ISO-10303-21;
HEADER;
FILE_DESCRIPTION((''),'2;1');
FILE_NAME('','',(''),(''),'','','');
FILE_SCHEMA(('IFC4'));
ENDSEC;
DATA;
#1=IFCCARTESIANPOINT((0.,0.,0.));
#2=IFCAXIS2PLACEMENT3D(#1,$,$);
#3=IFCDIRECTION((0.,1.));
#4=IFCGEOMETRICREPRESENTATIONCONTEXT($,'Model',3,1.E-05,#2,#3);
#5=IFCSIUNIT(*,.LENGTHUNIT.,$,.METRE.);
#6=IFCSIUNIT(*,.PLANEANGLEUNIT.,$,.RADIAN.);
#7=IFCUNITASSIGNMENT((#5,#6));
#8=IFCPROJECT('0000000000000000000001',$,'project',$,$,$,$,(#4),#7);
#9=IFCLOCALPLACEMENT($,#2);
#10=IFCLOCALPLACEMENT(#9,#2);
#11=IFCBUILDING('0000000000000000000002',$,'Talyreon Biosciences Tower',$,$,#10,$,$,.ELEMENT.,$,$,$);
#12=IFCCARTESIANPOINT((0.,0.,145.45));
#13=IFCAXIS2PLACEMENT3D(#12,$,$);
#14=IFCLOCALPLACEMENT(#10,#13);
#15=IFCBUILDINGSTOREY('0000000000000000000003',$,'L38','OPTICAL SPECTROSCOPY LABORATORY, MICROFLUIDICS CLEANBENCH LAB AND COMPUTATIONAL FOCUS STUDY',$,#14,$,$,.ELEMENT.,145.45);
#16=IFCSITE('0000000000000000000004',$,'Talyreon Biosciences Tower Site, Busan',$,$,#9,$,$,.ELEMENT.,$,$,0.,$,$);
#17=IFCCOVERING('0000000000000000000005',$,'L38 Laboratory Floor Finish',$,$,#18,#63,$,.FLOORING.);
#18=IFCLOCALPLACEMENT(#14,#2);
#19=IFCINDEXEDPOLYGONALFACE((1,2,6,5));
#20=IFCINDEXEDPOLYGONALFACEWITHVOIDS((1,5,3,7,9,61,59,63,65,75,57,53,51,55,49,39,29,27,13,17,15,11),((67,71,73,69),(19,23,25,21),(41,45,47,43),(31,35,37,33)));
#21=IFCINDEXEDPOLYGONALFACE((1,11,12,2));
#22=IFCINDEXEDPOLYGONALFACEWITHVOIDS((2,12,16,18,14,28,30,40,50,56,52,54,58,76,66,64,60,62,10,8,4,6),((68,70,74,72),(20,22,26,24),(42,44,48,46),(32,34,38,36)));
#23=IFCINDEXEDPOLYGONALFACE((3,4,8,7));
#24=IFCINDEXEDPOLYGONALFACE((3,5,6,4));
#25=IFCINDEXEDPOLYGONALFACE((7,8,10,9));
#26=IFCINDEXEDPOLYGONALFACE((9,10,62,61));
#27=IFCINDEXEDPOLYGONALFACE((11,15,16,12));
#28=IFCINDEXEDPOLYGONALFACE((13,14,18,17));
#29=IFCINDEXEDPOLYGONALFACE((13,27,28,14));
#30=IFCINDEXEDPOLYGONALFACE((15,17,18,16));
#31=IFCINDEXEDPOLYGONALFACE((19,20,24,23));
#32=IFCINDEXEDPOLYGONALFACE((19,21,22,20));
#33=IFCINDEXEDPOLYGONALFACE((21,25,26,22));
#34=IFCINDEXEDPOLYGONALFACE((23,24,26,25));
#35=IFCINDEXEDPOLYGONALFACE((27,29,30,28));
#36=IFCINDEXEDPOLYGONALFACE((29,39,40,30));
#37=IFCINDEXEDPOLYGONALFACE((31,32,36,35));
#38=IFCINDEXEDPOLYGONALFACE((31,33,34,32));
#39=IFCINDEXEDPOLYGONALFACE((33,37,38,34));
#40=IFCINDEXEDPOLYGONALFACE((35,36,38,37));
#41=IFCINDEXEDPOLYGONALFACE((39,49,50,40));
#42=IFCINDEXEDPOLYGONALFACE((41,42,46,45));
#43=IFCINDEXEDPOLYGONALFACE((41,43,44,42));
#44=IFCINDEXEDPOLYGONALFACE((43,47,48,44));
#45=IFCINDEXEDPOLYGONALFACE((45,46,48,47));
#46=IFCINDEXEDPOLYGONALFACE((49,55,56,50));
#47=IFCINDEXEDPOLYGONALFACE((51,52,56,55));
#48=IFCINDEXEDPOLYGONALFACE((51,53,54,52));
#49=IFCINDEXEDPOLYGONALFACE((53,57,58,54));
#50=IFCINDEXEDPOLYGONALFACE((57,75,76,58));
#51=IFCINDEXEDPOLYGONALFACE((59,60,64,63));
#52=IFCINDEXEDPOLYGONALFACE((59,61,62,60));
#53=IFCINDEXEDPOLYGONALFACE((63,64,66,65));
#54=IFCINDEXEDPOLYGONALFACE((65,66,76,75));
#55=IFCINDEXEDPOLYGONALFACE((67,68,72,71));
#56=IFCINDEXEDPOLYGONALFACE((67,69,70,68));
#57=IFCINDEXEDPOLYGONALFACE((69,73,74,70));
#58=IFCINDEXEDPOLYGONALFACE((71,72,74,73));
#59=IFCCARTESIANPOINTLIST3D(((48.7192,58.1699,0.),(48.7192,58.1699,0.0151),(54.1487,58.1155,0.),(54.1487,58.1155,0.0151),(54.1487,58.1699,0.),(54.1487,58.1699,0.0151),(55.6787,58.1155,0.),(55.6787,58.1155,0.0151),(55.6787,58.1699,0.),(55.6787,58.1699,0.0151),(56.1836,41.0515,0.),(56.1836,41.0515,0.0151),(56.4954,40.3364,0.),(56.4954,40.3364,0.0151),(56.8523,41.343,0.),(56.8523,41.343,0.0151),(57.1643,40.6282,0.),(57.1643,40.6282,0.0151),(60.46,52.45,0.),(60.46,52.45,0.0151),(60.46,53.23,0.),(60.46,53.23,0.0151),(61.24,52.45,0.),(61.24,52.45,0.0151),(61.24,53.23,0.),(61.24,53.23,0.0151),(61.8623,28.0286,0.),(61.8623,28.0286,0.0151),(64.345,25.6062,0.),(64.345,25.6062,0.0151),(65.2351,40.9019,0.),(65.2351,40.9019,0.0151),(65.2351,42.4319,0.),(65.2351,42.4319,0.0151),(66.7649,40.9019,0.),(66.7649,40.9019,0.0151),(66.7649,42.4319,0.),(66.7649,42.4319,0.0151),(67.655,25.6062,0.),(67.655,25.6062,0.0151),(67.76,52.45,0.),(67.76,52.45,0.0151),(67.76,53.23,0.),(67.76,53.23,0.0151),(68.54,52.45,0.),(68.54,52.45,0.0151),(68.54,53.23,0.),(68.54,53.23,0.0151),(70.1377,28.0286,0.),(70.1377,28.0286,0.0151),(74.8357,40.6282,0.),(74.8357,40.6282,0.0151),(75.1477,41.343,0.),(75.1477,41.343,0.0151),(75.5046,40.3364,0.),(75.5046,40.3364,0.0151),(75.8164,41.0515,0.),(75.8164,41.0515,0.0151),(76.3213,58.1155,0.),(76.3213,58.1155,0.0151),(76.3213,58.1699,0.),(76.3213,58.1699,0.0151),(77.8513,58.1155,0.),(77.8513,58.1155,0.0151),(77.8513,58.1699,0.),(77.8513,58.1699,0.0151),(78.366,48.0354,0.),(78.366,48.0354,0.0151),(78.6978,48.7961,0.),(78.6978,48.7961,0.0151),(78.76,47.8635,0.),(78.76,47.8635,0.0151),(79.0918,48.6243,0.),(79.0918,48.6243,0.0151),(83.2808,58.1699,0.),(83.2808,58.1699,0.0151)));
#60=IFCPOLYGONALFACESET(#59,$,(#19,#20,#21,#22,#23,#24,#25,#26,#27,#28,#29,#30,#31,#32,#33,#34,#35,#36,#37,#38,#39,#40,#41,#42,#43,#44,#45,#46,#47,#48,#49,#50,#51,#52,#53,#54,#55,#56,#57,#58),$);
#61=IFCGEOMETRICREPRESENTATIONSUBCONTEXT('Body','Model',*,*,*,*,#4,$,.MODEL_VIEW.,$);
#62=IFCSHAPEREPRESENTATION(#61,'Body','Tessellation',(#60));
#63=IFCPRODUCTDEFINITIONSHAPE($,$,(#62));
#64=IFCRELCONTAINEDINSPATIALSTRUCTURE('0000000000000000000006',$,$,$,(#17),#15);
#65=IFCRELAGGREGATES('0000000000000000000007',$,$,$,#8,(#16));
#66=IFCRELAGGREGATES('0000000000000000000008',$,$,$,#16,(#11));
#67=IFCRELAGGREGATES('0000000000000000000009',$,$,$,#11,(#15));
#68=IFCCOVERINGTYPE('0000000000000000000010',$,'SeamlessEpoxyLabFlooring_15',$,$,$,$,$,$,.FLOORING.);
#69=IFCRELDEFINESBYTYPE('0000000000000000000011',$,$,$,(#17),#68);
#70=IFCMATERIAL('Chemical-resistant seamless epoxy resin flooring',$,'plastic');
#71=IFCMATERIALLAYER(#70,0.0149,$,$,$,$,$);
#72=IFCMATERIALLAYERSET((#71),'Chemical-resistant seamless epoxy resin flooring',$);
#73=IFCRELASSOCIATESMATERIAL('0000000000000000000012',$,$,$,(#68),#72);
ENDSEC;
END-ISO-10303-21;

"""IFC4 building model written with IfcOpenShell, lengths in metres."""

from ifc_helpers import new_model, si_unit, direction, frame, origin, place, context, subcontext, project, spatial, polyline, outline, extrude, material, layer, layer_set, type_object, element, save


model = new_model("IFC4")

# Units and contexts
model_context = context("Model", 3, precision=1e-05, world=origin(), true_north=direction((0.0, 1.0)))
body_context = subcontext(model_context, "Body", "Model", "MODEL_VIEW")
ifc_project = project(units=[si_unit("LENGTHUNIT", "METRE"), si_unit("PLANEANGLEUNIT", "RADIAN")], contexts=[model_context])

# Site, building, storey
site_placement = place(None, origin())
site = spatial("IfcSite", under=ifc_project, at=site_placement, Name="Talyreon Biosciences Tower Site, Busan", CompositionType="ELEMENT", RefElevation=0.0)
building_placement = place(site_placement, origin())
building = spatial("IfcBuilding", under=site, at=building_placement, Name="Talyreon Biosciences Tower", CompositionType="ELEMENT")
storey_placement = place(building_placement, frame((0.0, 0.0, 145.45)))
storey = spatial("IfcBuildingStorey", under=building, at=storey_placement, Name="L38", Description="OPTICAL SPECTROSCOPY LABORATORY, MICROFLUIDICS CLEANBENCH LAB AND COMPUTATIONAL FOCUS STUDY", CompositionType="ELEMENT", Elevation=145.45)

# Covering
ifc_material_1 = material(Name="Chemical-resistant seamless epoxy resin flooring", Category="plastic")
ifc_layer_1 = layer(ifc_material_1, 0.0149)
ifc_layer_set_1 = layer_set([ifc_layer_1], Name="Chemical-resistant seamless epoxy resin flooring")
covering_type_1 = type_object("IfcCoveringType", Name="SeamlessEpoxyLabFlooring_15", PredefinedType="FLOORING", material=ifc_layer_set_1)
covering_1_placement = place(storey_placement, origin())
element("IfcCovering", 1, at=covering_1_placement, inside=storey, type_object=covering_type_1, Name="L38 Laboratory Floor Finish", PredefinedType="FLOORING", context=body_context, shape_type="SweptSolid", body=[
    extrude(outline(polyline([(54.1487, 58.1699), (54.1487, 58.1155), (55.6787, 58.1155), (55.6787, 58.1699), (76.3213, 58.1699), (76.3213, 58.1155), (77.8513, 58.1155), (77.8513, 58.1699), (83.2808, 58.1699), (75.8164, 41.0515), (75.1477, 41.343), (74.8357, 40.6282), (75.5046, 40.3364), (70.1377, 28.0286), (67.655, 25.6062), (64.345, 25.6062), (61.8623, 28.0286), (56.4954, 40.3364), (57.1643, 40.6282), (56.8523, 41.343), (56.1836, 41.0515), (48.7192, 58.1699), (54.1487, 58.1699)]), holes=[polyline([(66.7649, 40.9019), (66.7649, 42.4319), (65.2351, 42.4319), (65.2351, 40.9019), (66.7649, 40.9019)]), polyline([(61.24, 52.45), (61.24, 53.23), (60.46, 53.23), (60.46, 52.45), (61.24, 52.45)]), polyline([(79.0918, 48.6243), (78.6978, 48.7961), (78.366, 48.0354), (78.76, 47.8635), (79.0918, 48.6243)]), polyline([(67.76, 52.45), (68.54, 52.45), (68.54, 53.23), (67.76, 53.23), (67.76, 52.45)])]), origin(), (0.0, 0.0, 1.0), 0.0151),
])

save(model, "model.ifc")
